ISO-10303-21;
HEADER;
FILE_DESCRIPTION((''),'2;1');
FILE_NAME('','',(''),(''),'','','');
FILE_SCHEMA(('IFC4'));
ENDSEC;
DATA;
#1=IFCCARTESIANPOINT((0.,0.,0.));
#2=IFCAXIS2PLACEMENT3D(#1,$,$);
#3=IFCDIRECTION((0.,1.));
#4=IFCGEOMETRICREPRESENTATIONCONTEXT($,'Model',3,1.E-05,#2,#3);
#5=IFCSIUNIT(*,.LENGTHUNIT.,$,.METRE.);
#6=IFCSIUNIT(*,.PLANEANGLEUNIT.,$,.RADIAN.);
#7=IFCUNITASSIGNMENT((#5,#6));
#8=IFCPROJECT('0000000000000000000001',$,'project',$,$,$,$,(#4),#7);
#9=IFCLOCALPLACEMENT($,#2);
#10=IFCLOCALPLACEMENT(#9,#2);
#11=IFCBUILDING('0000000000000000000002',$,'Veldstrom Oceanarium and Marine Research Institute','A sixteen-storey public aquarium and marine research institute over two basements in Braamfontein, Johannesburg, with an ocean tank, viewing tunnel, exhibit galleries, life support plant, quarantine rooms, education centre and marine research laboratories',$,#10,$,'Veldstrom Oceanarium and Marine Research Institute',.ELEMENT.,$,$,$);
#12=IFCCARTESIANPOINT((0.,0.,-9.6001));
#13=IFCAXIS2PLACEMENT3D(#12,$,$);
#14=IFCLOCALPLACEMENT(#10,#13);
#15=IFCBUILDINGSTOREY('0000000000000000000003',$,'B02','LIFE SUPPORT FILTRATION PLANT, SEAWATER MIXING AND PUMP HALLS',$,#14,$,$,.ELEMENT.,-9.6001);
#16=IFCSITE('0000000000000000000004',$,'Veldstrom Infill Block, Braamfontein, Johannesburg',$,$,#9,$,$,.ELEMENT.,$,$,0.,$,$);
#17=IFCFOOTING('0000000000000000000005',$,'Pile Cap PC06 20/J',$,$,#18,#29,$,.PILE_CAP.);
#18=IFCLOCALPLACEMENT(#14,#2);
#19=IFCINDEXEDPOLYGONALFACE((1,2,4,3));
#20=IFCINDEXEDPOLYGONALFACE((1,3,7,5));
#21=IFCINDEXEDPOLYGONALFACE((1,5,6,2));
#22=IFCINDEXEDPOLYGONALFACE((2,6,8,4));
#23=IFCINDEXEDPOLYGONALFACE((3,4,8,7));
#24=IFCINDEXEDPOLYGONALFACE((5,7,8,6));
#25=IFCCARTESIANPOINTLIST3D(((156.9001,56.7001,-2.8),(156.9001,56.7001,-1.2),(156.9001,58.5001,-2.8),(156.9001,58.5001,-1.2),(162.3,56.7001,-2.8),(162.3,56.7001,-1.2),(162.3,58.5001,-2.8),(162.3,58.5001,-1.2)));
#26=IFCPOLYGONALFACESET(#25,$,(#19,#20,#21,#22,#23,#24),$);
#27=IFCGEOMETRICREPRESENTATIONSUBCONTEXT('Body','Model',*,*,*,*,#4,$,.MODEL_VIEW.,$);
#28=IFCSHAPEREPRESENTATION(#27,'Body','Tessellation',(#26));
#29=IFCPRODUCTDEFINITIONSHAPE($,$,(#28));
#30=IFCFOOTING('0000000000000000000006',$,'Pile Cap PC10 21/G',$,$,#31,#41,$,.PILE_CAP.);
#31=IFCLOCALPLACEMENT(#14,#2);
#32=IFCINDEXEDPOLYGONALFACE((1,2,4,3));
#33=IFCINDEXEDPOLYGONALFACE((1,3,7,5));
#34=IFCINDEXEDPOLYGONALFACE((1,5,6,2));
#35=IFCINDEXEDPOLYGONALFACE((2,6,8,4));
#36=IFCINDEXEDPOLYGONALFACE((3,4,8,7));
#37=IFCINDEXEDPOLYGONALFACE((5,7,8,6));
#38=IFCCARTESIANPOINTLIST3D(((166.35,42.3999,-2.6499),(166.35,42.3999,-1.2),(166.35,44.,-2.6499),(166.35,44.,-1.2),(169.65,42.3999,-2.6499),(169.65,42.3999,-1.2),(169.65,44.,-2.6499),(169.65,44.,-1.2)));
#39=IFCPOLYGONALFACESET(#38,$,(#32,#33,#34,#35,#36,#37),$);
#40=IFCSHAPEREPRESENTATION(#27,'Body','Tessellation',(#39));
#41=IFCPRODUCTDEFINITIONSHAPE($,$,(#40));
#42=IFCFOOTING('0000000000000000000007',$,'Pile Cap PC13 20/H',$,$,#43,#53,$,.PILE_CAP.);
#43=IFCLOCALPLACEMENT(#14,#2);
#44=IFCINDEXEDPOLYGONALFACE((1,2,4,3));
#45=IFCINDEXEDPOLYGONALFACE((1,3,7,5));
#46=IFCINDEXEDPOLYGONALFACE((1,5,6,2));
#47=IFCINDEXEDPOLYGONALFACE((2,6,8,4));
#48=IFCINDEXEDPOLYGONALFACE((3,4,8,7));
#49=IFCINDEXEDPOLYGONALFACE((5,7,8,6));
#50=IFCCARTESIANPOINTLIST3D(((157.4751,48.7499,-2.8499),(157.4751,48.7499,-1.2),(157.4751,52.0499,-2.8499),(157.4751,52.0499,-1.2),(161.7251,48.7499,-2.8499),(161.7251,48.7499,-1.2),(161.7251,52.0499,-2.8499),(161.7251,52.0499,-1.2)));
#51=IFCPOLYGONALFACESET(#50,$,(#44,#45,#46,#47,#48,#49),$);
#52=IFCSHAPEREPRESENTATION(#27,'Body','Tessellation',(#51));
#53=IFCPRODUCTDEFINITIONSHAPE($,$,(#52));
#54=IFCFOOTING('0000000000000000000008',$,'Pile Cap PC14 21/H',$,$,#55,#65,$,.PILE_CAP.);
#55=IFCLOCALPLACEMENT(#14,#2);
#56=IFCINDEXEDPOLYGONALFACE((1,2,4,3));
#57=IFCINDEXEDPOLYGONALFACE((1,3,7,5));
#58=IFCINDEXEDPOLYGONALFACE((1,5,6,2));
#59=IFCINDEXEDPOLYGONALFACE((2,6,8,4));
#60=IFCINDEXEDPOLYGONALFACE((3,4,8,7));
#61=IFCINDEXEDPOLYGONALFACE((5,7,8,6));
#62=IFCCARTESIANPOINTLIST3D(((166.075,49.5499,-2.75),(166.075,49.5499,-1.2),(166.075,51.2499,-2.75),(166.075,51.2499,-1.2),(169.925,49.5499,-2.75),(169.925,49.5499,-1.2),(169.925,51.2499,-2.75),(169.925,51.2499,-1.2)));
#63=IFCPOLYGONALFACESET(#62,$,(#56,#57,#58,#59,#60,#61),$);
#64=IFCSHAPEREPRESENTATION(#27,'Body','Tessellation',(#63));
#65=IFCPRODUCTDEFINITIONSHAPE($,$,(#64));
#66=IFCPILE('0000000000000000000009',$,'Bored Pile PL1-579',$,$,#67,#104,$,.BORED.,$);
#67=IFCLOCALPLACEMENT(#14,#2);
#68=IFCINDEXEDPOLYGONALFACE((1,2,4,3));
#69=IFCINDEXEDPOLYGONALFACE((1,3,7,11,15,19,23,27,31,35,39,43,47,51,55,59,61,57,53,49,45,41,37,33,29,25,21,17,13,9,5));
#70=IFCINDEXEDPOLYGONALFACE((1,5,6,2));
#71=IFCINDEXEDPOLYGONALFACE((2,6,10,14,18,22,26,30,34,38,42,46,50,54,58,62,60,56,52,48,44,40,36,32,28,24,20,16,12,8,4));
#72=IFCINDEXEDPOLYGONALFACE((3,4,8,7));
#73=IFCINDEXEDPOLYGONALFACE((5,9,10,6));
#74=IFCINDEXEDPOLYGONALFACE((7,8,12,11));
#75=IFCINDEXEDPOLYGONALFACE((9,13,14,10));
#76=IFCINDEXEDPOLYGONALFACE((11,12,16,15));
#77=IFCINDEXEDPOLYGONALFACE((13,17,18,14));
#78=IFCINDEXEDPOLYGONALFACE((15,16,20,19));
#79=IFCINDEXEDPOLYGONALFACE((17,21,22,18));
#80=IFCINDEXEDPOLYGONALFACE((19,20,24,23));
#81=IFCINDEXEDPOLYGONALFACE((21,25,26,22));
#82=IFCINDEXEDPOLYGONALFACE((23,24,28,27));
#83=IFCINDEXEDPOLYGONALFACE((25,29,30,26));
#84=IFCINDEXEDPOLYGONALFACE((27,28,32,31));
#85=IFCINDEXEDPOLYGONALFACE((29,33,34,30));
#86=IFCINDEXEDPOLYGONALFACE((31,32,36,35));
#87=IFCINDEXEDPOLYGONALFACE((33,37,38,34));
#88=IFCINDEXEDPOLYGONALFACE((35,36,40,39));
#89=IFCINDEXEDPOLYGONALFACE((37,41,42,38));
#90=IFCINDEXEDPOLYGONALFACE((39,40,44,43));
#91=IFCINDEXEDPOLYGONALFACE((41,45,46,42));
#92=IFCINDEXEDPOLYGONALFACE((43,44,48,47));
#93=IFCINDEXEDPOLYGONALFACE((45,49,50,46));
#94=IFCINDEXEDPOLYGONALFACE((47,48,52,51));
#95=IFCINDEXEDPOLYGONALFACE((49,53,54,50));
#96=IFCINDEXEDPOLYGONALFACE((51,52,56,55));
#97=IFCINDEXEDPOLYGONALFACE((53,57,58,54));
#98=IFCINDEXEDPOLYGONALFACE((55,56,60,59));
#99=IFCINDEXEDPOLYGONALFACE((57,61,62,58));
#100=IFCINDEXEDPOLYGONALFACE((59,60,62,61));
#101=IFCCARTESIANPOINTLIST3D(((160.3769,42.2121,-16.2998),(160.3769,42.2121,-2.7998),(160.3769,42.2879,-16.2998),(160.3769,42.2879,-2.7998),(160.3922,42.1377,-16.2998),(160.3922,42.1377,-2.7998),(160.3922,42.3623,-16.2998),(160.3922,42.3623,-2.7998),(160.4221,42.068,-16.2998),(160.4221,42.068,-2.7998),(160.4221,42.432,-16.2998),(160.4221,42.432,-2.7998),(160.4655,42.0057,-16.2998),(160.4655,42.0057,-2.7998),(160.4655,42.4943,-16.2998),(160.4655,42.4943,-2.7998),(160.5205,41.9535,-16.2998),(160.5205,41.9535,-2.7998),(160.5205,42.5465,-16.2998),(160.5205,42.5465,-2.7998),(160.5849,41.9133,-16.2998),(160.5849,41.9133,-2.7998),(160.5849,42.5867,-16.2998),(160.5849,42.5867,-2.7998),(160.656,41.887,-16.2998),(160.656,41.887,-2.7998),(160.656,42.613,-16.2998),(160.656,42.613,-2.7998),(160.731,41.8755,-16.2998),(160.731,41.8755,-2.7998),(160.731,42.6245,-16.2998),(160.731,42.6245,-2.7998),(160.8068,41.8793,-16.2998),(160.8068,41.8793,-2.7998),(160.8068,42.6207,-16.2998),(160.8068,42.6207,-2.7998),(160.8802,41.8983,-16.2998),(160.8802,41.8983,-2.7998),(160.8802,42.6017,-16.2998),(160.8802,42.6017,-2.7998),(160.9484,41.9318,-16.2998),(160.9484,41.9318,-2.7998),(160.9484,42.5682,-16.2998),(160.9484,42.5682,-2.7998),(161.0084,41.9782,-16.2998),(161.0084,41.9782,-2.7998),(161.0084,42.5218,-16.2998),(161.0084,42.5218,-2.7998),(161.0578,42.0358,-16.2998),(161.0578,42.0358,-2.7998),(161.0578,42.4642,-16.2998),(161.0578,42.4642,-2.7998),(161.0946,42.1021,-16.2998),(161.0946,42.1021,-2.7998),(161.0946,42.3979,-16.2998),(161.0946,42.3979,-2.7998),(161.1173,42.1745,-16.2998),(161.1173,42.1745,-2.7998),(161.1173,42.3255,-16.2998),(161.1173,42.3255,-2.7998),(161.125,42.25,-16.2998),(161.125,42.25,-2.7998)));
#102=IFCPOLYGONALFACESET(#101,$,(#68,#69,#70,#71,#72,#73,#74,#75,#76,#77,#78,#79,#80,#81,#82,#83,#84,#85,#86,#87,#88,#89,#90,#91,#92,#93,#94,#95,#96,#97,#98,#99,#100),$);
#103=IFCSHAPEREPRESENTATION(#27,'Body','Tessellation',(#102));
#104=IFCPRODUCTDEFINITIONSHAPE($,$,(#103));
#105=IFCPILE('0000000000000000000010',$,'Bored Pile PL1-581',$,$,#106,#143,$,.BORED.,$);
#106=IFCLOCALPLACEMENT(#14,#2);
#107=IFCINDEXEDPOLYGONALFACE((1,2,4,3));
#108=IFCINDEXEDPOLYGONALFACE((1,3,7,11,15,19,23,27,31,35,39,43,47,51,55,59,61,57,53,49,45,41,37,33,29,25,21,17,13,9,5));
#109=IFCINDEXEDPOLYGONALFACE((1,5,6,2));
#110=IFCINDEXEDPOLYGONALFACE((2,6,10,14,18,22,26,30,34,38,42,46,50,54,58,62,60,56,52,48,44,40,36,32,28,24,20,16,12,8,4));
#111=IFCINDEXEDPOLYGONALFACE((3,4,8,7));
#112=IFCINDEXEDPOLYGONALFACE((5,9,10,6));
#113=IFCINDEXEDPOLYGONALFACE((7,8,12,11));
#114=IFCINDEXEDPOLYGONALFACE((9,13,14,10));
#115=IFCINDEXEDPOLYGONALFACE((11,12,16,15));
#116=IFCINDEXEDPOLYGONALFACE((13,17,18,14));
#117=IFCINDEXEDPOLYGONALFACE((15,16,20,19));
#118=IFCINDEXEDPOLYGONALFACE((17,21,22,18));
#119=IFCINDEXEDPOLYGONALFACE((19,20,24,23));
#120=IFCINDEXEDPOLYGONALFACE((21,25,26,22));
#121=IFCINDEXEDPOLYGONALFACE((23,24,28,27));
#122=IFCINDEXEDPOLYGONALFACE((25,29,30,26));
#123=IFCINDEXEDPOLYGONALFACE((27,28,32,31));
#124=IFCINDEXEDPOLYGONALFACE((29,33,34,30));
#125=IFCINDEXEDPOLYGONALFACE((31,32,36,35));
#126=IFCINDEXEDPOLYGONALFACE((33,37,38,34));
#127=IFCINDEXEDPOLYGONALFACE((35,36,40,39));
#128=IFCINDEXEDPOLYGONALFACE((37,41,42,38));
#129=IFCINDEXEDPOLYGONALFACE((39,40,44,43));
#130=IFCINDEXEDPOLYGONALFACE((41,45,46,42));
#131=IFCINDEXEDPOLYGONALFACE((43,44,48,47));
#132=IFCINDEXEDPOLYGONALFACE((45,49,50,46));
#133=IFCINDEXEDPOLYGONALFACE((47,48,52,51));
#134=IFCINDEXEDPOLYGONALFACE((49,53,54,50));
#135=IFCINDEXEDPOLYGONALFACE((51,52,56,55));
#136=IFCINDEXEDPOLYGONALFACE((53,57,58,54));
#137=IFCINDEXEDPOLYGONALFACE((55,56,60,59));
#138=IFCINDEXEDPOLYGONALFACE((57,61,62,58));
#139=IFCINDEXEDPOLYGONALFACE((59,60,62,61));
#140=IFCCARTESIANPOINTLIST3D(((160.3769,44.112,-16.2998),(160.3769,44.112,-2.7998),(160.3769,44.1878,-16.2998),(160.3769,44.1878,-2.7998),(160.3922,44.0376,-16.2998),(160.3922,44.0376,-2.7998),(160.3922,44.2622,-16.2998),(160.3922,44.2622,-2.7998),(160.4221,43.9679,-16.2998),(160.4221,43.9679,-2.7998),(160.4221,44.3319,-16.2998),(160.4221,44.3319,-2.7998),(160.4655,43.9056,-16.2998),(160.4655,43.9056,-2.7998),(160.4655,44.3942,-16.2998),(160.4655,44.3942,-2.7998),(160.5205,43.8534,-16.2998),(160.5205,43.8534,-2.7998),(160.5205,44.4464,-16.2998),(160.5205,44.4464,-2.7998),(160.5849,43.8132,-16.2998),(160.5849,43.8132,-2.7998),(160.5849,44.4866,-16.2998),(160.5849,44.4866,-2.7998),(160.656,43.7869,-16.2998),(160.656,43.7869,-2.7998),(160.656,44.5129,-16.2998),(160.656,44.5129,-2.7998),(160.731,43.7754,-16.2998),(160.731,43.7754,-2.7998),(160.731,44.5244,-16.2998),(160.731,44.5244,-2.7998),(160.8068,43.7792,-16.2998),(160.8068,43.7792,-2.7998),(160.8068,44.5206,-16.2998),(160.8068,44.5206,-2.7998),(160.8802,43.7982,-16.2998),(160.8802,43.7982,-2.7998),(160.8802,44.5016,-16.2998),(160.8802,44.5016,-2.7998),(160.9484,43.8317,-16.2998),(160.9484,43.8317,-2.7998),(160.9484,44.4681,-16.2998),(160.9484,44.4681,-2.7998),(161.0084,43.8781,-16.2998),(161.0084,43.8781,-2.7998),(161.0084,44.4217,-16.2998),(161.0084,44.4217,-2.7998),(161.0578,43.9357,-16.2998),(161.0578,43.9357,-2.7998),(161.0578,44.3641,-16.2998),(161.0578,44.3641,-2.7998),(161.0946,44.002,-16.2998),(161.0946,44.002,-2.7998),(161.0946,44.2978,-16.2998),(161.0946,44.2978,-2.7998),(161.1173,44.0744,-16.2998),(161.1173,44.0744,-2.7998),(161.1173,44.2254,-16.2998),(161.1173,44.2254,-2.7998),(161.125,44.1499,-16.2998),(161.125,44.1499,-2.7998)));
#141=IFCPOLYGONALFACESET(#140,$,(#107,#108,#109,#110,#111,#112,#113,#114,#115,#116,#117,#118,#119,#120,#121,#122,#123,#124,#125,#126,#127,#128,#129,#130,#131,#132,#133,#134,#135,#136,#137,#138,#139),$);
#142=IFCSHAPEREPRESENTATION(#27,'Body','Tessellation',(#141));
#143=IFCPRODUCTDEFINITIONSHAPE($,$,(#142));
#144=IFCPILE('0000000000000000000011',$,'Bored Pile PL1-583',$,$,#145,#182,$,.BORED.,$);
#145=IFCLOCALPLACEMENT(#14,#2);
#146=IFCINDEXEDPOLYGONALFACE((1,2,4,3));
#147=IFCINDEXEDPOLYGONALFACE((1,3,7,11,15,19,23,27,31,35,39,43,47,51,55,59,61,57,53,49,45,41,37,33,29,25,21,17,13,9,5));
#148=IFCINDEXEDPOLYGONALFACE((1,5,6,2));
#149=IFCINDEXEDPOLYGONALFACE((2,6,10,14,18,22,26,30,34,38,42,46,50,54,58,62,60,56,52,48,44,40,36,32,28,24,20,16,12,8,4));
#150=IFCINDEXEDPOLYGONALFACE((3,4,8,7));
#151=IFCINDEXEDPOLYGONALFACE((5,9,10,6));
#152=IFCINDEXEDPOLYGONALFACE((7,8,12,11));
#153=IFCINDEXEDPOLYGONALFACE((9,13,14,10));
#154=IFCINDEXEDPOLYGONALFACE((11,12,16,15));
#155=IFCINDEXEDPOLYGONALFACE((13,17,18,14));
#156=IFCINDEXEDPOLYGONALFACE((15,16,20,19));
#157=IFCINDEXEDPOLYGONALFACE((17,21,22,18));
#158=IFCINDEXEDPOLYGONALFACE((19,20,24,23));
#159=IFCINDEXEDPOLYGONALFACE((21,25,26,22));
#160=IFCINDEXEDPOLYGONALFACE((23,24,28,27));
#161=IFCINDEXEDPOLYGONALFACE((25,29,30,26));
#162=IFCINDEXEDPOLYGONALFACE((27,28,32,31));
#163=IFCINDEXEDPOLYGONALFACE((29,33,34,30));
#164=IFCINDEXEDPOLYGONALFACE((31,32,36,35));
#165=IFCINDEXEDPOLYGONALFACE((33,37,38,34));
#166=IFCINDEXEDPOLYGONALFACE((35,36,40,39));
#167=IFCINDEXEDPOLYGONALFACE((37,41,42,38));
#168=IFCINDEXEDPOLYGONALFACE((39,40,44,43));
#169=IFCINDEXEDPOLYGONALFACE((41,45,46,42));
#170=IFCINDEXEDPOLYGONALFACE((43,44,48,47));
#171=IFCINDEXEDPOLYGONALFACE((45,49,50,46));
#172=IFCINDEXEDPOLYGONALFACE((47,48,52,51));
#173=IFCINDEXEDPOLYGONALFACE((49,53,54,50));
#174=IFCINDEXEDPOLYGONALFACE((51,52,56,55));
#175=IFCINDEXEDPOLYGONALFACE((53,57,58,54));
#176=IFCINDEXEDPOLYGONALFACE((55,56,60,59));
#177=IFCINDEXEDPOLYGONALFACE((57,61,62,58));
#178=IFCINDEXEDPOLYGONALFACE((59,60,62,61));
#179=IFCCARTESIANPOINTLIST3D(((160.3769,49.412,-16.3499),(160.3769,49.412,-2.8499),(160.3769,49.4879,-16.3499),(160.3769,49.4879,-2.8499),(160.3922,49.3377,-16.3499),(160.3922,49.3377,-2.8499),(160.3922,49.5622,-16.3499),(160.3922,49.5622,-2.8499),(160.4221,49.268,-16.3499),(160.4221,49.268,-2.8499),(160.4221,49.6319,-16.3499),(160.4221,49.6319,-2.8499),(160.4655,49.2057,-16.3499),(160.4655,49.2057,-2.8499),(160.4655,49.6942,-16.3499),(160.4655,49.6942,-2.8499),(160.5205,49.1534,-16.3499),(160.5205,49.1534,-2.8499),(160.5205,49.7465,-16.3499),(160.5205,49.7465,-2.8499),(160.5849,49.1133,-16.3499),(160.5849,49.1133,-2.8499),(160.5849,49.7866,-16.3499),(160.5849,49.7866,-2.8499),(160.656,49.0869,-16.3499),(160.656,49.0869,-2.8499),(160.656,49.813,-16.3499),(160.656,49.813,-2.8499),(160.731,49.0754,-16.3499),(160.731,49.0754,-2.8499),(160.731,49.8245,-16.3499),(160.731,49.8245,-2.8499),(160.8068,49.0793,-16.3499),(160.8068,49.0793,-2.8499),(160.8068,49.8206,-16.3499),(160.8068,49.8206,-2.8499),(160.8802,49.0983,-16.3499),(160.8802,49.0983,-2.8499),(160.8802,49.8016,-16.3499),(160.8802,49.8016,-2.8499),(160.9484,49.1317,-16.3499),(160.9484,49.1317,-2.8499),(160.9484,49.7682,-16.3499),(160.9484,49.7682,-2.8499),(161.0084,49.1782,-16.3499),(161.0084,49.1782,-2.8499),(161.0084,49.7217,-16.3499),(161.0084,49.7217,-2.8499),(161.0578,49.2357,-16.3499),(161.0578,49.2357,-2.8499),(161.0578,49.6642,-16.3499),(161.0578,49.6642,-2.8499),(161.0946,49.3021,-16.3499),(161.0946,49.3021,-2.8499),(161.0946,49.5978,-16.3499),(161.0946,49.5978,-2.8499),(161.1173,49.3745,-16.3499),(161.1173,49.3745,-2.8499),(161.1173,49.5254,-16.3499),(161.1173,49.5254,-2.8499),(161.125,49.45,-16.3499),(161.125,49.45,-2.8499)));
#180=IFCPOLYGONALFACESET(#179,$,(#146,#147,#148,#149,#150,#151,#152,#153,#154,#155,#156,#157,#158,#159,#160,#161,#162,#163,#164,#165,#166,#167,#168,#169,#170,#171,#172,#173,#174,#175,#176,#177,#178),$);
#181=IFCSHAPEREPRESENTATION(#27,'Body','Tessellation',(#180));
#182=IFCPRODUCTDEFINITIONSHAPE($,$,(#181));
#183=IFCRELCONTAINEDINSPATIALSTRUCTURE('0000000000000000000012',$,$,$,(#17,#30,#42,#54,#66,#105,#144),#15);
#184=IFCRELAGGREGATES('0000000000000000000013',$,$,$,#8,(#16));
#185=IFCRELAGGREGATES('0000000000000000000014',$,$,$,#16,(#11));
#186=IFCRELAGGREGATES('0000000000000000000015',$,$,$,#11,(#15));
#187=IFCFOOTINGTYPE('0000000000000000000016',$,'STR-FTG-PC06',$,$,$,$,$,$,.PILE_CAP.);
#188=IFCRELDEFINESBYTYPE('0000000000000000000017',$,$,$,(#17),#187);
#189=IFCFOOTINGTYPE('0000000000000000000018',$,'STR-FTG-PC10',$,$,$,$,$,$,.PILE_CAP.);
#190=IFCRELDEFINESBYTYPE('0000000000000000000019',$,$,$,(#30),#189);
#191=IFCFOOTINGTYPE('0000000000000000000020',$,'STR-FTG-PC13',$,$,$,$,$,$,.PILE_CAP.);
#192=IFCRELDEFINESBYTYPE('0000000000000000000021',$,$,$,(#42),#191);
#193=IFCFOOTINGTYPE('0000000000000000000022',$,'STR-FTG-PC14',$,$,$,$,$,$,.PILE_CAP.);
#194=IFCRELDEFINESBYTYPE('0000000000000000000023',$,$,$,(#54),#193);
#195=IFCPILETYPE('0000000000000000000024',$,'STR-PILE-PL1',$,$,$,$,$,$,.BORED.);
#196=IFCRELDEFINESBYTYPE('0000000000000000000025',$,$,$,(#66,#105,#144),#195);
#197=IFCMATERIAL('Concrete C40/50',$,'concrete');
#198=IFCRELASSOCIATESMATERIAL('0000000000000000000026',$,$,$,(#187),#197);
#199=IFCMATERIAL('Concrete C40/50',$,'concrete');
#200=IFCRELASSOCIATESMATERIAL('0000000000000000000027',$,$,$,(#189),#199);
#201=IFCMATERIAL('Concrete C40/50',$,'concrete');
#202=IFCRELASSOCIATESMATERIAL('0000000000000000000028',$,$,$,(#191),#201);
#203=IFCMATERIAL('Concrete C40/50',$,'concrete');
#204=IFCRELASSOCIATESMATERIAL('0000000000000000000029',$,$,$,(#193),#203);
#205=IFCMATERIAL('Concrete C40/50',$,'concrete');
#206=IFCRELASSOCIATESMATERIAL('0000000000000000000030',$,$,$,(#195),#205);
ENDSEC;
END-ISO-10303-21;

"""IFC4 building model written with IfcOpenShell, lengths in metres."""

from ifc_helpers import new_model, si_unit, direction, frame, origin, origin_2d, place, context, subcontext, project, spatial, rectangle, circle, extrude, material, material_profile, profile_set, type_object, element, save


model = new_model("IFC4")

# Units and contexts
model_context = context("Model", 3, precision=1e-05, world=origin(), true_north=direction((0.0, 1.0)))
body_context = subcontext(model_context, "Body", "Model", "MODEL_VIEW")
ifc_project = project(units=[si_unit("LENGTHUNIT", "METRE"), si_unit("PLANEANGLEUNIT", "RADIAN")], contexts=[model_context])

# Site, building, storey
site_placement = place(None, origin())
site = spatial("IfcSite", under=ifc_project, at=site_placement, Name="Veldstrom Infill Block, Braamfontein, Johannesburg", CompositionType="ELEMENT", RefElevation=0.0)
building_placement = place(site_placement, origin())
building = spatial("IfcBuilding", under=site, at=building_placement, Name="Veldstrom Oceanarium and Marine Research Institute", Description="A sixteen-storey public aquarium and marine research institute over two basements in Braamfontein, Johannesburg, with an ocean tank, viewing tunnel, exhibit galleries, life support plant, quarantine rooms, education centre and marine research laboratories", LongName="Veldstrom Oceanarium and Marine Research Institute", CompositionType="ELEMENT")
storey_placement = place(building_placement, frame((0.0, 0.0, -9.6001)))
storey = spatial("IfcBuildingStorey", under=building, at=storey_placement, Name="B02", Description="LIFE SUPPORT FILTRATION PLANT, SEAWATER MIXING AND PUMP HALLS", CompositionType="ELEMENT", Elevation=-9.6001)

# Footings
ifc_material_1 = material(Name="Concrete C40/50", Category="concrete")
footing_type_1 = type_object("IfcFootingType", Name="STR-FTG-PC06", PredefinedType="PILE_CAP", material=ifc_material_1)
footing_1_placement = place(storey_placement, frame((159.6001, 57.6001, -2.8), z_axis=(0.0, 0.0, 1.0), x_axis=(1.0, 0.0, 0.0)))
element("IfcFooting", 1, at=footing_1_placement, inside=storey, type_object=footing_type_1, Name="Pile Cap PC06 20/J", PredefinedType="PILE_CAP", context=body_context, shape_type="SweptSolid", body=[
    extrude(rectangle(XDim=5.3999, YDim=1.8, at=origin_2d()), origin(), (0.0, 0.0, 1.0), 1.6001),
])
ifc_material_2 = material(Name="Concrete C40/50", Category="concrete")
footing_type_2 = type_object("IfcFootingType", Name="STR-FTG-PC10", PredefinedType="PILE_CAP", material=ifc_material_2)
footing_2_placement = place(storey_placement, frame((168.0, 43.2, -2.6499), z_axis=(0.0, 0.0, 1.0), x_axis=(1.0, 0.0, 0.0)))
element("IfcFooting", 2, at=footing_2_placement, inside=storey, type_object=footing_type_2, Name="Pile Cap PC10 21/G", PredefinedType="PILE_CAP", context=body_context, shape_type="SweptSolid", body=[
    extrude(rectangle(XDim=3.3, YDim=1.6001, at=origin_2d()), origin(), (0.0, 0.0, 1.0), 1.45),
])
ifc_material_3 = material(Name="Concrete C40/50", Category="concrete")
footing_type_3 = type_object("IfcFootingType", Name="STR-FTG-PC13", PredefinedType="PILE_CAP", material=ifc_material_3)
footing_3_placement = place(storey_placement, frame((159.6001, 50.3999, -2.8499), z_axis=(0.0, 0.0, 1.0), x_axis=(1.0, 0.0, 0.0)))
element("IfcFooting", 3, at=footing_3_placement, inside=storey, type_object=footing_type_3, Name="Pile Cap PC13 20/H", PredefinedType="PILE_CAP", context=body_context, shape_type="SweptSolid", body=[
    extrude(rectangle(XDim=4.25, YDim=3.3, at=origin_2d()), origin(), (0.0, 0.0, 1.0), 1.6499),
])
ifc_material_4 = material(Name="Concrete C40/50", Category="concrete")
footing_type_4 = type_object("IfcFootingType", Name="STR-FTG-PC14", PredefinedType="PILE_CAP", material=ifc_material_4)
footing_4_placement = place(storey_placement, frame((168.0, 50.3999, -2.75), z_axis=(0.0, 0.0, 1.0), x_axis=(1.0, 0.0, 0.0)))
element("IfcFooting", 4, at=footing_4_placement, inside=storey, type_object=footing_type_4, Name="Pile Cap PC14 21/H", PredefinedType="PILE_CAP", context=body_context, shape_type="SweptSolid", body=[
    extrude(rectangle(XDim=3.8501, YDim=1.7, at=origin_2d()), origin(), (0.0, 0.0, 1.0), 1.55),
])

# Piles
ifc_material_5 = material(Name="Concrete C40/50", Category="concrete")
ifc_material_profile_1 = material_profile(ifc_material_5, circle(Radius=0.375, at=origin_2d()), Name="PILE-D750")
ifc_profile_set_1 = profile_set([ifc_material_profile_1], Name="Concrete C40/50")
pile_type = type_object("IfcPileType", Name="STR-PILE-PL1", PredefinedType="BORED", material=ifc_profile_set_1)
for number, where, z_axis, x_axis, name in (
    (5, (160.75, 42.25, -2.7998), (0.0, 0.0, -1.0), (1.0, 0.0, 0.0), "Bored Pile PL1-579"),
    (6, (160.75, 44.1499, -2.7998), (0.0, 0.0, -1.0), (1.0, 0.0, 0.0), "Bored Pile PL1-581"),
    (7, (160.75, 49.45, -2.8499), (0.0, 0.0, -1.0), (1.0, 0.0, 0.0), "Bored Pile PL1-583"),
):
    element("IfcPile", number, at=place(storey_placement, frame(where, z_axis=z_axis, x_axis=x_axis)), inside=storey, type_object=pile_type, Name=name, PredefinedType="BORED", context=body_context, shape_type="SweptSolid", body=[
        extrude(circle(Radius=0.375, at=origin_2d()), origin(), (0.0, 0.0, 1.0), 13.5),
    ])

save(model, "model.ifc")
